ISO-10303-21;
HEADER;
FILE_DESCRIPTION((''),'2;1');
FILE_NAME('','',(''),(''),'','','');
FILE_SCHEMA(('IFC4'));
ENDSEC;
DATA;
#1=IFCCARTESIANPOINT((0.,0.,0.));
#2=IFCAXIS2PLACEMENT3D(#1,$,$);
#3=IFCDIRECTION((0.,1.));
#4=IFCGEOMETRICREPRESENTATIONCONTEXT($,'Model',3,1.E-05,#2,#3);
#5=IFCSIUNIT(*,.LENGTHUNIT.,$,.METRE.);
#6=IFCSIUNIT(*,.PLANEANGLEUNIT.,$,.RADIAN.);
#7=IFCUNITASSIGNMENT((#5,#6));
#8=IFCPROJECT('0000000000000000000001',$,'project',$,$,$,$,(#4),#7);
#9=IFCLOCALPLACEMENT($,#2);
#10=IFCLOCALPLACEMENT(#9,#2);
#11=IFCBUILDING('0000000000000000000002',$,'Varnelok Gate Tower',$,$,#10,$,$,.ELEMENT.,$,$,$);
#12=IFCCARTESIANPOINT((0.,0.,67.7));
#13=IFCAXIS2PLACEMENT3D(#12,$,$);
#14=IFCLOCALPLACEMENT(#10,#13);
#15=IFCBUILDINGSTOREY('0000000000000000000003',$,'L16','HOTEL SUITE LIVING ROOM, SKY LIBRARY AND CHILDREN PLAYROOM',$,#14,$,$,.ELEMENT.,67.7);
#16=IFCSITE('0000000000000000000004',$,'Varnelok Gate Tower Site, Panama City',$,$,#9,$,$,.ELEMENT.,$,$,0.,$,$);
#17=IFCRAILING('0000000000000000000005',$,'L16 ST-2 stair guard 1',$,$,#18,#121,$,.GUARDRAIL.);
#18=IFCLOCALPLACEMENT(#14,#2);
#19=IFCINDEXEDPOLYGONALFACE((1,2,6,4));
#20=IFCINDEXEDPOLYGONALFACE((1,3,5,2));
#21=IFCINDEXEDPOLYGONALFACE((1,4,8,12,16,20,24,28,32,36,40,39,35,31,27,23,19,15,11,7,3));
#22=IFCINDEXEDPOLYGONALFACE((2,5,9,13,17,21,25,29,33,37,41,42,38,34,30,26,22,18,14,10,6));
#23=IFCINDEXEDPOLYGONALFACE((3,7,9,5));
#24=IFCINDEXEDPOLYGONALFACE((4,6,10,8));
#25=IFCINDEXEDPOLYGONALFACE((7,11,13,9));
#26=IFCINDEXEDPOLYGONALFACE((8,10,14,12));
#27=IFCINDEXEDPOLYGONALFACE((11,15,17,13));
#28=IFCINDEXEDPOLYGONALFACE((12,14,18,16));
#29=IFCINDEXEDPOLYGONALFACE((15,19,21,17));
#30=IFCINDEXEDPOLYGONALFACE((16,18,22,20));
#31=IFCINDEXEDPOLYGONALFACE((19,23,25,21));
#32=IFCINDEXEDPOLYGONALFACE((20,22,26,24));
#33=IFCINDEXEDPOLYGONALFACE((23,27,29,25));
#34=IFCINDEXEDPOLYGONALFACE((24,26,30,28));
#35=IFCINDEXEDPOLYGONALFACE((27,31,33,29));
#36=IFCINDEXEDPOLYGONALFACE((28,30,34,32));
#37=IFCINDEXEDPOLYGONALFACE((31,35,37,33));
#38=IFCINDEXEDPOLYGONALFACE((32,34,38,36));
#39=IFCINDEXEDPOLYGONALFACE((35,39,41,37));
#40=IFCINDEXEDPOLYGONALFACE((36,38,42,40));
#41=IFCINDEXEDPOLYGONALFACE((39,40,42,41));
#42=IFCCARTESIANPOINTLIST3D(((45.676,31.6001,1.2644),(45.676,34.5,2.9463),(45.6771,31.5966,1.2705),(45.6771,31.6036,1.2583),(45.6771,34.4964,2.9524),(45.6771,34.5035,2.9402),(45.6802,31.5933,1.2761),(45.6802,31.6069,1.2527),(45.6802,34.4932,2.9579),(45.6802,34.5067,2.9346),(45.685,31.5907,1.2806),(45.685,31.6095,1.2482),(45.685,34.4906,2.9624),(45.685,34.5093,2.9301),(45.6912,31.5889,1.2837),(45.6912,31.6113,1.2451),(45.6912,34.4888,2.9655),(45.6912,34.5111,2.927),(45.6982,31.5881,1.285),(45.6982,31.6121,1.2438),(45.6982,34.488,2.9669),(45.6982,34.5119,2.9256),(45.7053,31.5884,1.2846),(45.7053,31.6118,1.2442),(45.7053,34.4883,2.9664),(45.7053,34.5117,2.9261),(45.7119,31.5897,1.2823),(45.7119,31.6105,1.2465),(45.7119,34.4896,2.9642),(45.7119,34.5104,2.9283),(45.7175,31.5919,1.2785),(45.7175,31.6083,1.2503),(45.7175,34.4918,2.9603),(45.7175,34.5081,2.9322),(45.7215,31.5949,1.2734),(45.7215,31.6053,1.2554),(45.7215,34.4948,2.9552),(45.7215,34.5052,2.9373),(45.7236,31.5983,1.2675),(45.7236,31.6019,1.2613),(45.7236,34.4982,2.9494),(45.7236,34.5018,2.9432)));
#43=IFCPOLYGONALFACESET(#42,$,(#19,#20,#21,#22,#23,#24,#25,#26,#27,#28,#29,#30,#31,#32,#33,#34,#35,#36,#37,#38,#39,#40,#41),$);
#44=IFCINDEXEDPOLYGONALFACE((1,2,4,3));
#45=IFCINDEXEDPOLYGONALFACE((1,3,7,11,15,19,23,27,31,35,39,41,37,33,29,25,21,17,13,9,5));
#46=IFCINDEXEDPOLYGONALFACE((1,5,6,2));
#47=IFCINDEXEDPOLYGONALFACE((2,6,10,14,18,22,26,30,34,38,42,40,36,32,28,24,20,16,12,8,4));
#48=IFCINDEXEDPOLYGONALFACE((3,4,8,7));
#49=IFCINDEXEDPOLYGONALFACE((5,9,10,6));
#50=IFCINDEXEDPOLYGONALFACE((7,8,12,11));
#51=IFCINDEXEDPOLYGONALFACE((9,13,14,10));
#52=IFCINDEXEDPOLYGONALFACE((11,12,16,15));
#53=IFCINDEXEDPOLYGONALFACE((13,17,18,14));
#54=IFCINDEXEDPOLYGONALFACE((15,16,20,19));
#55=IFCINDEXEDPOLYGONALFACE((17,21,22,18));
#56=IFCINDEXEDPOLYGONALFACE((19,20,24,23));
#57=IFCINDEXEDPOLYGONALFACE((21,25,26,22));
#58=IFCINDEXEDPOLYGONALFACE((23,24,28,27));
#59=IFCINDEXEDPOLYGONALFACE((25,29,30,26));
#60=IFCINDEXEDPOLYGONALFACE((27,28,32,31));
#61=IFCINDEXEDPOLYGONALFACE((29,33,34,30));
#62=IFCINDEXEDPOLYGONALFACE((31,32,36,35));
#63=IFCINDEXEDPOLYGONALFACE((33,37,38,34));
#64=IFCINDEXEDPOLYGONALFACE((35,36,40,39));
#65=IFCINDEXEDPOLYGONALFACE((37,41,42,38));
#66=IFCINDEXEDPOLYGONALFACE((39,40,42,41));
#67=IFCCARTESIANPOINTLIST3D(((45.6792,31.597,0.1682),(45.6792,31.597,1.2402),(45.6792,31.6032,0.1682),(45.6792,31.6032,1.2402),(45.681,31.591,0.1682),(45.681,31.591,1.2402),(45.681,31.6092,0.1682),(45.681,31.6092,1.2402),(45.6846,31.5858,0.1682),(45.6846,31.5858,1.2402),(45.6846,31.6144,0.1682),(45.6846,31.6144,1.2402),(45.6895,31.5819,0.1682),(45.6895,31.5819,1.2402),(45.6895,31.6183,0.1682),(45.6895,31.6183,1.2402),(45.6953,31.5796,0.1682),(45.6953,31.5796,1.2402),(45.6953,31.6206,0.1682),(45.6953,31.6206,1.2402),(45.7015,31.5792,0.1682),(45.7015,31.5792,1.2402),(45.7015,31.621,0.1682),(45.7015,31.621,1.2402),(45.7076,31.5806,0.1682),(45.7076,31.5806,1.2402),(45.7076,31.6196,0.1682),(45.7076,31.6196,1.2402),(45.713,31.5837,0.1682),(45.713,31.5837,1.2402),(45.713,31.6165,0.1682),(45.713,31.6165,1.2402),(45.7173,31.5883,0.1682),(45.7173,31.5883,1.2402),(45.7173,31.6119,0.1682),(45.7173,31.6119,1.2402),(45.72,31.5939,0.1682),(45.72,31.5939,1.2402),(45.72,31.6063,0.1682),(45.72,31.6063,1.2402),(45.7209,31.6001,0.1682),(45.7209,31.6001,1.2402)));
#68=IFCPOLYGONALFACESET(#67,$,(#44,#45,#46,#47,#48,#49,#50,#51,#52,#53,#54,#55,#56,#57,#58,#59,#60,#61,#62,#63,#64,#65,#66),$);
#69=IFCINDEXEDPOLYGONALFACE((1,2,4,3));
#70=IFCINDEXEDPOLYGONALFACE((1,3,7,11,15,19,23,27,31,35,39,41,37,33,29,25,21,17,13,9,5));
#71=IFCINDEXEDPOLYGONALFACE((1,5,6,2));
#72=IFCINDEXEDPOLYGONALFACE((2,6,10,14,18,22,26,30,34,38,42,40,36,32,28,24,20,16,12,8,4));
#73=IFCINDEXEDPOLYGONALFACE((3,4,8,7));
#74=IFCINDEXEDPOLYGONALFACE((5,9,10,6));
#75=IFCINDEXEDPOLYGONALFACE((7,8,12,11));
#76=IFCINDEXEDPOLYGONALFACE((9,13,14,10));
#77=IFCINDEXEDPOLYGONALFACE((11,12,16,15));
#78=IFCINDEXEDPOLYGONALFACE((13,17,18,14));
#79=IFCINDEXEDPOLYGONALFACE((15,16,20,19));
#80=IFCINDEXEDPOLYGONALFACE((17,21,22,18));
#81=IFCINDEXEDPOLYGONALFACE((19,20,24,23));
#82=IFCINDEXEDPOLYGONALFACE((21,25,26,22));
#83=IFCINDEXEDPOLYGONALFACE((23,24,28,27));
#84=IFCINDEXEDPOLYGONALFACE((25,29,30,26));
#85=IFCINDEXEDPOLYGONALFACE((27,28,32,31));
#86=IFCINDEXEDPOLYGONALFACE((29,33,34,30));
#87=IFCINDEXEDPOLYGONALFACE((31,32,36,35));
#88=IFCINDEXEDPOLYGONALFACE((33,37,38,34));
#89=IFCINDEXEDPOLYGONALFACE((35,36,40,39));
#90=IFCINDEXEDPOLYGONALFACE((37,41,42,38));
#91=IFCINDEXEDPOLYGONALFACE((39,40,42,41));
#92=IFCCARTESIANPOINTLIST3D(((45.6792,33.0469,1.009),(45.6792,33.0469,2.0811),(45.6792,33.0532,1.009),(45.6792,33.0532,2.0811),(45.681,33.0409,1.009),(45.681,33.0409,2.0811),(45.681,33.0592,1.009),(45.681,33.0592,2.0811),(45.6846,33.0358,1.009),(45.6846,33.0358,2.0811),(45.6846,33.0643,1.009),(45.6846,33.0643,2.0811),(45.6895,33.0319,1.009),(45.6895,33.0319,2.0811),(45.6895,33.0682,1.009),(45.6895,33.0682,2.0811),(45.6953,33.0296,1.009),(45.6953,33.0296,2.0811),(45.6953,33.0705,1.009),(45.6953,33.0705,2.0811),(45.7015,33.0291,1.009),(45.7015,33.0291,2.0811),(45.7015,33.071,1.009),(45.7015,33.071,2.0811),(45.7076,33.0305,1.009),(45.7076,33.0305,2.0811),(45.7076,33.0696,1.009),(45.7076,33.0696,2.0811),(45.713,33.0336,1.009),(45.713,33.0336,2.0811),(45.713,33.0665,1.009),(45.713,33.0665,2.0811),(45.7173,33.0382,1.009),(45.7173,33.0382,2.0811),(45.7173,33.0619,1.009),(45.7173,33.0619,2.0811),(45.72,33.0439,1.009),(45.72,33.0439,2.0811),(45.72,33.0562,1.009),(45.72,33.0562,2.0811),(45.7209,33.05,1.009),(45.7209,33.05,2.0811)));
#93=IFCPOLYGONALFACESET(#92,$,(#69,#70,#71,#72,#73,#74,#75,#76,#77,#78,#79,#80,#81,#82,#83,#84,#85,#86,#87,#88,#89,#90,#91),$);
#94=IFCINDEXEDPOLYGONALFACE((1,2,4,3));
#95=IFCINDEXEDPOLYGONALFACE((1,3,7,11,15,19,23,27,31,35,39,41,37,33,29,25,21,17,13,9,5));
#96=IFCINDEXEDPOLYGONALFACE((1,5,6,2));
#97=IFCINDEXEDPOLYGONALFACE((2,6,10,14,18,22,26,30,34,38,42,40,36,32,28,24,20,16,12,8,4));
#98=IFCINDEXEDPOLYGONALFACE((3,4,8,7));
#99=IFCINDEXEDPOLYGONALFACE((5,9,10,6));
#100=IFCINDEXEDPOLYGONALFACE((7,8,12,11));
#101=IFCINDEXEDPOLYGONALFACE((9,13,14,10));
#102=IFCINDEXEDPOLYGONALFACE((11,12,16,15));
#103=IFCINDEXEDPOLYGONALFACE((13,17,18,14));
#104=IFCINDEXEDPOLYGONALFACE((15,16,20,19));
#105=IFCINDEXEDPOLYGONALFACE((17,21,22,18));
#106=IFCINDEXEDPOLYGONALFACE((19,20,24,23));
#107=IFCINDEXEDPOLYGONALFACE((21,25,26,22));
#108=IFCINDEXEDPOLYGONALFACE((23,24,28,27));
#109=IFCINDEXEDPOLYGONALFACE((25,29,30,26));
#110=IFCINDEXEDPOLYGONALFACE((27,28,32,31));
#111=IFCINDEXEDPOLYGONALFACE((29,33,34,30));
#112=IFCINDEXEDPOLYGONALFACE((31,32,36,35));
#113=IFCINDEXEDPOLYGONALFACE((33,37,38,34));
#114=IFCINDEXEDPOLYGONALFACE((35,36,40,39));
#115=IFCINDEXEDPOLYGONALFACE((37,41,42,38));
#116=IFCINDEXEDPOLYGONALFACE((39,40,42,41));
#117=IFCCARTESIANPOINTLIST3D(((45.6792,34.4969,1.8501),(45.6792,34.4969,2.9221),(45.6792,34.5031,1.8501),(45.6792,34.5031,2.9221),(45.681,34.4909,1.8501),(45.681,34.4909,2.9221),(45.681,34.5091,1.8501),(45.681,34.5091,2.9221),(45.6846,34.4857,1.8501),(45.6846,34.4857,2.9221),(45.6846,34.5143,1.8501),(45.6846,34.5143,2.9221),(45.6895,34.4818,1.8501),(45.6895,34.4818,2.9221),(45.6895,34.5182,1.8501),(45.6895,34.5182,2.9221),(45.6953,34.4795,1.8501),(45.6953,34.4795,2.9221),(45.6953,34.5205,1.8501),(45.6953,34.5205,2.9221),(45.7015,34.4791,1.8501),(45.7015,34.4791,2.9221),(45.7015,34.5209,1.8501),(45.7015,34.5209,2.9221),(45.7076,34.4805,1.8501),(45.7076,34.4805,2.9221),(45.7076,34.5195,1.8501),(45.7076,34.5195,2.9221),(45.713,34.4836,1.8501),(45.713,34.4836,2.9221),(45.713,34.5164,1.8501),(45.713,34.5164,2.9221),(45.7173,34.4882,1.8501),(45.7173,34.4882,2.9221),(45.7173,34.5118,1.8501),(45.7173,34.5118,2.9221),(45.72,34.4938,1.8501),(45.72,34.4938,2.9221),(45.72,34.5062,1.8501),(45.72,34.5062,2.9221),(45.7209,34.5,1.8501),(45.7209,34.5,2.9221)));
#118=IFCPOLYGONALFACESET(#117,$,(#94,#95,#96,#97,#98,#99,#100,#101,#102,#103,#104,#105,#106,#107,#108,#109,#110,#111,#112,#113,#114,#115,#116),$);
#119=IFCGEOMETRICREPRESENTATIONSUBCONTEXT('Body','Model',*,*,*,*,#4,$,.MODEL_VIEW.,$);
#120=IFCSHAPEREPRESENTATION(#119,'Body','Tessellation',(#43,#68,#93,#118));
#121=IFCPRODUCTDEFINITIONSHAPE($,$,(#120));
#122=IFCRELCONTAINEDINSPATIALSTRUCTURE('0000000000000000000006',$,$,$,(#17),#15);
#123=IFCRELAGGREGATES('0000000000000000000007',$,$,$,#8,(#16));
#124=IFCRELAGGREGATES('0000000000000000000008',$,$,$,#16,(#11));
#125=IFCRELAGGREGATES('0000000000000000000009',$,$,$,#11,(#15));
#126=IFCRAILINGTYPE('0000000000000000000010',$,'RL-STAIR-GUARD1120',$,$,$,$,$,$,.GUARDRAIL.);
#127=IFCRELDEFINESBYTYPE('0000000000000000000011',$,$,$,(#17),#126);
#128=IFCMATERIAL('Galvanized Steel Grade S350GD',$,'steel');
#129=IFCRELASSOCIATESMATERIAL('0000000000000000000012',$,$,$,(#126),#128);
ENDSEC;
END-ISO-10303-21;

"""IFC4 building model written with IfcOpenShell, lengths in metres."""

from ifc_helpers import new_model, si_unit, direction, frame, origin, origin_2d, place, context, subcontext, project, spatial, circle, extrude, material, type_object, element, save


model = new_model("IFC4")

# Units and contexts
model_context = context("Model", 3, precision=1e-05, world=origin(), true_north=direction((0.0, 1.0)))
body_context = subcontext(model_context, "Body", "Model", "MODEL_VIEW")
ifc_project = project(units=[si_unit("LENGTHUNIT", "METRE"), si_unit("PLANEANGLEUNIT", "RADIAN")], contexts=[model_context])

# Site, building, storey
site_placement = place(None, origin())
site = spatial("IfcSite", under=ifc_project, at=site_placement, Name="Varnelok Gate Tower Site, Panama City", CompositionType="ELEMENT", RefElevation=0.0)
building_placement = place(site_placement, origin())
building = spatial("IfcBuilding", under=site, at=building_placement, Name="Varnelok Gate Tower", CompositionType="ELEMENT")
storey_placement = place(building_placement, frame((0.0, 0.0, 67.7)))
storey = spatial("IfcBuildingStorey", under=building, at=storey_placement, Name="L16", Description="HOTEL SUITE LIVING ROOM, SKY LIBRARY AND CHILDREN PLAYROOM", CompositionType="ELEMENT", Elevation=67.7)

# Shared definitions
ifc_material_1 = material(Name="Galvanized Steel Grade S350GD", Category="steel")

# Railing
railing_type_1 = type_object("IfcRailingType", Name="RL-STAIR-GUARD1120", PredefinedType="GUARDRAIL", material=ifc_material_1)
railing_1_placement = place(storey_placement, frame((45.7, 31.6001, 0.1682)))
element("IfcRailing", 1, at=railing_1_placement, inside=storey, type_object=railing_type_1, Name="L16 ST-2 stair guard 1", PredefinedType="GUARDRAIL", context=body_context, shape_type="SweptSolid", body=[
    extrude(circle(Radius=0.0239, at=origin_2d()), frame((0.0, 0.0, 1.0962), z_axis=(0.0, 0.865039, 0.501705), x_axis=(-1.0, 0.0, 0.0)), (0.0, 0.0, 1.0), 3.3523),
    extrude(circle(Radius=0.021, at=origin_2d()), origin(), (0.0, 0.0, 1.0), 1.072),
    extrude(circle(Radius=0.021, at=origin_2d()), frame((0.0, 1.45, 0.8408)), (0.0, 0.0, 1.0), 1.072),
    extrude(circle(Radius=0.021, at=origin_2d()), frame((0.0, 2.8999, 1.6819)), (0.0, 0.0, 1.0), 1.072),
])

save(model, "model.ifc")
